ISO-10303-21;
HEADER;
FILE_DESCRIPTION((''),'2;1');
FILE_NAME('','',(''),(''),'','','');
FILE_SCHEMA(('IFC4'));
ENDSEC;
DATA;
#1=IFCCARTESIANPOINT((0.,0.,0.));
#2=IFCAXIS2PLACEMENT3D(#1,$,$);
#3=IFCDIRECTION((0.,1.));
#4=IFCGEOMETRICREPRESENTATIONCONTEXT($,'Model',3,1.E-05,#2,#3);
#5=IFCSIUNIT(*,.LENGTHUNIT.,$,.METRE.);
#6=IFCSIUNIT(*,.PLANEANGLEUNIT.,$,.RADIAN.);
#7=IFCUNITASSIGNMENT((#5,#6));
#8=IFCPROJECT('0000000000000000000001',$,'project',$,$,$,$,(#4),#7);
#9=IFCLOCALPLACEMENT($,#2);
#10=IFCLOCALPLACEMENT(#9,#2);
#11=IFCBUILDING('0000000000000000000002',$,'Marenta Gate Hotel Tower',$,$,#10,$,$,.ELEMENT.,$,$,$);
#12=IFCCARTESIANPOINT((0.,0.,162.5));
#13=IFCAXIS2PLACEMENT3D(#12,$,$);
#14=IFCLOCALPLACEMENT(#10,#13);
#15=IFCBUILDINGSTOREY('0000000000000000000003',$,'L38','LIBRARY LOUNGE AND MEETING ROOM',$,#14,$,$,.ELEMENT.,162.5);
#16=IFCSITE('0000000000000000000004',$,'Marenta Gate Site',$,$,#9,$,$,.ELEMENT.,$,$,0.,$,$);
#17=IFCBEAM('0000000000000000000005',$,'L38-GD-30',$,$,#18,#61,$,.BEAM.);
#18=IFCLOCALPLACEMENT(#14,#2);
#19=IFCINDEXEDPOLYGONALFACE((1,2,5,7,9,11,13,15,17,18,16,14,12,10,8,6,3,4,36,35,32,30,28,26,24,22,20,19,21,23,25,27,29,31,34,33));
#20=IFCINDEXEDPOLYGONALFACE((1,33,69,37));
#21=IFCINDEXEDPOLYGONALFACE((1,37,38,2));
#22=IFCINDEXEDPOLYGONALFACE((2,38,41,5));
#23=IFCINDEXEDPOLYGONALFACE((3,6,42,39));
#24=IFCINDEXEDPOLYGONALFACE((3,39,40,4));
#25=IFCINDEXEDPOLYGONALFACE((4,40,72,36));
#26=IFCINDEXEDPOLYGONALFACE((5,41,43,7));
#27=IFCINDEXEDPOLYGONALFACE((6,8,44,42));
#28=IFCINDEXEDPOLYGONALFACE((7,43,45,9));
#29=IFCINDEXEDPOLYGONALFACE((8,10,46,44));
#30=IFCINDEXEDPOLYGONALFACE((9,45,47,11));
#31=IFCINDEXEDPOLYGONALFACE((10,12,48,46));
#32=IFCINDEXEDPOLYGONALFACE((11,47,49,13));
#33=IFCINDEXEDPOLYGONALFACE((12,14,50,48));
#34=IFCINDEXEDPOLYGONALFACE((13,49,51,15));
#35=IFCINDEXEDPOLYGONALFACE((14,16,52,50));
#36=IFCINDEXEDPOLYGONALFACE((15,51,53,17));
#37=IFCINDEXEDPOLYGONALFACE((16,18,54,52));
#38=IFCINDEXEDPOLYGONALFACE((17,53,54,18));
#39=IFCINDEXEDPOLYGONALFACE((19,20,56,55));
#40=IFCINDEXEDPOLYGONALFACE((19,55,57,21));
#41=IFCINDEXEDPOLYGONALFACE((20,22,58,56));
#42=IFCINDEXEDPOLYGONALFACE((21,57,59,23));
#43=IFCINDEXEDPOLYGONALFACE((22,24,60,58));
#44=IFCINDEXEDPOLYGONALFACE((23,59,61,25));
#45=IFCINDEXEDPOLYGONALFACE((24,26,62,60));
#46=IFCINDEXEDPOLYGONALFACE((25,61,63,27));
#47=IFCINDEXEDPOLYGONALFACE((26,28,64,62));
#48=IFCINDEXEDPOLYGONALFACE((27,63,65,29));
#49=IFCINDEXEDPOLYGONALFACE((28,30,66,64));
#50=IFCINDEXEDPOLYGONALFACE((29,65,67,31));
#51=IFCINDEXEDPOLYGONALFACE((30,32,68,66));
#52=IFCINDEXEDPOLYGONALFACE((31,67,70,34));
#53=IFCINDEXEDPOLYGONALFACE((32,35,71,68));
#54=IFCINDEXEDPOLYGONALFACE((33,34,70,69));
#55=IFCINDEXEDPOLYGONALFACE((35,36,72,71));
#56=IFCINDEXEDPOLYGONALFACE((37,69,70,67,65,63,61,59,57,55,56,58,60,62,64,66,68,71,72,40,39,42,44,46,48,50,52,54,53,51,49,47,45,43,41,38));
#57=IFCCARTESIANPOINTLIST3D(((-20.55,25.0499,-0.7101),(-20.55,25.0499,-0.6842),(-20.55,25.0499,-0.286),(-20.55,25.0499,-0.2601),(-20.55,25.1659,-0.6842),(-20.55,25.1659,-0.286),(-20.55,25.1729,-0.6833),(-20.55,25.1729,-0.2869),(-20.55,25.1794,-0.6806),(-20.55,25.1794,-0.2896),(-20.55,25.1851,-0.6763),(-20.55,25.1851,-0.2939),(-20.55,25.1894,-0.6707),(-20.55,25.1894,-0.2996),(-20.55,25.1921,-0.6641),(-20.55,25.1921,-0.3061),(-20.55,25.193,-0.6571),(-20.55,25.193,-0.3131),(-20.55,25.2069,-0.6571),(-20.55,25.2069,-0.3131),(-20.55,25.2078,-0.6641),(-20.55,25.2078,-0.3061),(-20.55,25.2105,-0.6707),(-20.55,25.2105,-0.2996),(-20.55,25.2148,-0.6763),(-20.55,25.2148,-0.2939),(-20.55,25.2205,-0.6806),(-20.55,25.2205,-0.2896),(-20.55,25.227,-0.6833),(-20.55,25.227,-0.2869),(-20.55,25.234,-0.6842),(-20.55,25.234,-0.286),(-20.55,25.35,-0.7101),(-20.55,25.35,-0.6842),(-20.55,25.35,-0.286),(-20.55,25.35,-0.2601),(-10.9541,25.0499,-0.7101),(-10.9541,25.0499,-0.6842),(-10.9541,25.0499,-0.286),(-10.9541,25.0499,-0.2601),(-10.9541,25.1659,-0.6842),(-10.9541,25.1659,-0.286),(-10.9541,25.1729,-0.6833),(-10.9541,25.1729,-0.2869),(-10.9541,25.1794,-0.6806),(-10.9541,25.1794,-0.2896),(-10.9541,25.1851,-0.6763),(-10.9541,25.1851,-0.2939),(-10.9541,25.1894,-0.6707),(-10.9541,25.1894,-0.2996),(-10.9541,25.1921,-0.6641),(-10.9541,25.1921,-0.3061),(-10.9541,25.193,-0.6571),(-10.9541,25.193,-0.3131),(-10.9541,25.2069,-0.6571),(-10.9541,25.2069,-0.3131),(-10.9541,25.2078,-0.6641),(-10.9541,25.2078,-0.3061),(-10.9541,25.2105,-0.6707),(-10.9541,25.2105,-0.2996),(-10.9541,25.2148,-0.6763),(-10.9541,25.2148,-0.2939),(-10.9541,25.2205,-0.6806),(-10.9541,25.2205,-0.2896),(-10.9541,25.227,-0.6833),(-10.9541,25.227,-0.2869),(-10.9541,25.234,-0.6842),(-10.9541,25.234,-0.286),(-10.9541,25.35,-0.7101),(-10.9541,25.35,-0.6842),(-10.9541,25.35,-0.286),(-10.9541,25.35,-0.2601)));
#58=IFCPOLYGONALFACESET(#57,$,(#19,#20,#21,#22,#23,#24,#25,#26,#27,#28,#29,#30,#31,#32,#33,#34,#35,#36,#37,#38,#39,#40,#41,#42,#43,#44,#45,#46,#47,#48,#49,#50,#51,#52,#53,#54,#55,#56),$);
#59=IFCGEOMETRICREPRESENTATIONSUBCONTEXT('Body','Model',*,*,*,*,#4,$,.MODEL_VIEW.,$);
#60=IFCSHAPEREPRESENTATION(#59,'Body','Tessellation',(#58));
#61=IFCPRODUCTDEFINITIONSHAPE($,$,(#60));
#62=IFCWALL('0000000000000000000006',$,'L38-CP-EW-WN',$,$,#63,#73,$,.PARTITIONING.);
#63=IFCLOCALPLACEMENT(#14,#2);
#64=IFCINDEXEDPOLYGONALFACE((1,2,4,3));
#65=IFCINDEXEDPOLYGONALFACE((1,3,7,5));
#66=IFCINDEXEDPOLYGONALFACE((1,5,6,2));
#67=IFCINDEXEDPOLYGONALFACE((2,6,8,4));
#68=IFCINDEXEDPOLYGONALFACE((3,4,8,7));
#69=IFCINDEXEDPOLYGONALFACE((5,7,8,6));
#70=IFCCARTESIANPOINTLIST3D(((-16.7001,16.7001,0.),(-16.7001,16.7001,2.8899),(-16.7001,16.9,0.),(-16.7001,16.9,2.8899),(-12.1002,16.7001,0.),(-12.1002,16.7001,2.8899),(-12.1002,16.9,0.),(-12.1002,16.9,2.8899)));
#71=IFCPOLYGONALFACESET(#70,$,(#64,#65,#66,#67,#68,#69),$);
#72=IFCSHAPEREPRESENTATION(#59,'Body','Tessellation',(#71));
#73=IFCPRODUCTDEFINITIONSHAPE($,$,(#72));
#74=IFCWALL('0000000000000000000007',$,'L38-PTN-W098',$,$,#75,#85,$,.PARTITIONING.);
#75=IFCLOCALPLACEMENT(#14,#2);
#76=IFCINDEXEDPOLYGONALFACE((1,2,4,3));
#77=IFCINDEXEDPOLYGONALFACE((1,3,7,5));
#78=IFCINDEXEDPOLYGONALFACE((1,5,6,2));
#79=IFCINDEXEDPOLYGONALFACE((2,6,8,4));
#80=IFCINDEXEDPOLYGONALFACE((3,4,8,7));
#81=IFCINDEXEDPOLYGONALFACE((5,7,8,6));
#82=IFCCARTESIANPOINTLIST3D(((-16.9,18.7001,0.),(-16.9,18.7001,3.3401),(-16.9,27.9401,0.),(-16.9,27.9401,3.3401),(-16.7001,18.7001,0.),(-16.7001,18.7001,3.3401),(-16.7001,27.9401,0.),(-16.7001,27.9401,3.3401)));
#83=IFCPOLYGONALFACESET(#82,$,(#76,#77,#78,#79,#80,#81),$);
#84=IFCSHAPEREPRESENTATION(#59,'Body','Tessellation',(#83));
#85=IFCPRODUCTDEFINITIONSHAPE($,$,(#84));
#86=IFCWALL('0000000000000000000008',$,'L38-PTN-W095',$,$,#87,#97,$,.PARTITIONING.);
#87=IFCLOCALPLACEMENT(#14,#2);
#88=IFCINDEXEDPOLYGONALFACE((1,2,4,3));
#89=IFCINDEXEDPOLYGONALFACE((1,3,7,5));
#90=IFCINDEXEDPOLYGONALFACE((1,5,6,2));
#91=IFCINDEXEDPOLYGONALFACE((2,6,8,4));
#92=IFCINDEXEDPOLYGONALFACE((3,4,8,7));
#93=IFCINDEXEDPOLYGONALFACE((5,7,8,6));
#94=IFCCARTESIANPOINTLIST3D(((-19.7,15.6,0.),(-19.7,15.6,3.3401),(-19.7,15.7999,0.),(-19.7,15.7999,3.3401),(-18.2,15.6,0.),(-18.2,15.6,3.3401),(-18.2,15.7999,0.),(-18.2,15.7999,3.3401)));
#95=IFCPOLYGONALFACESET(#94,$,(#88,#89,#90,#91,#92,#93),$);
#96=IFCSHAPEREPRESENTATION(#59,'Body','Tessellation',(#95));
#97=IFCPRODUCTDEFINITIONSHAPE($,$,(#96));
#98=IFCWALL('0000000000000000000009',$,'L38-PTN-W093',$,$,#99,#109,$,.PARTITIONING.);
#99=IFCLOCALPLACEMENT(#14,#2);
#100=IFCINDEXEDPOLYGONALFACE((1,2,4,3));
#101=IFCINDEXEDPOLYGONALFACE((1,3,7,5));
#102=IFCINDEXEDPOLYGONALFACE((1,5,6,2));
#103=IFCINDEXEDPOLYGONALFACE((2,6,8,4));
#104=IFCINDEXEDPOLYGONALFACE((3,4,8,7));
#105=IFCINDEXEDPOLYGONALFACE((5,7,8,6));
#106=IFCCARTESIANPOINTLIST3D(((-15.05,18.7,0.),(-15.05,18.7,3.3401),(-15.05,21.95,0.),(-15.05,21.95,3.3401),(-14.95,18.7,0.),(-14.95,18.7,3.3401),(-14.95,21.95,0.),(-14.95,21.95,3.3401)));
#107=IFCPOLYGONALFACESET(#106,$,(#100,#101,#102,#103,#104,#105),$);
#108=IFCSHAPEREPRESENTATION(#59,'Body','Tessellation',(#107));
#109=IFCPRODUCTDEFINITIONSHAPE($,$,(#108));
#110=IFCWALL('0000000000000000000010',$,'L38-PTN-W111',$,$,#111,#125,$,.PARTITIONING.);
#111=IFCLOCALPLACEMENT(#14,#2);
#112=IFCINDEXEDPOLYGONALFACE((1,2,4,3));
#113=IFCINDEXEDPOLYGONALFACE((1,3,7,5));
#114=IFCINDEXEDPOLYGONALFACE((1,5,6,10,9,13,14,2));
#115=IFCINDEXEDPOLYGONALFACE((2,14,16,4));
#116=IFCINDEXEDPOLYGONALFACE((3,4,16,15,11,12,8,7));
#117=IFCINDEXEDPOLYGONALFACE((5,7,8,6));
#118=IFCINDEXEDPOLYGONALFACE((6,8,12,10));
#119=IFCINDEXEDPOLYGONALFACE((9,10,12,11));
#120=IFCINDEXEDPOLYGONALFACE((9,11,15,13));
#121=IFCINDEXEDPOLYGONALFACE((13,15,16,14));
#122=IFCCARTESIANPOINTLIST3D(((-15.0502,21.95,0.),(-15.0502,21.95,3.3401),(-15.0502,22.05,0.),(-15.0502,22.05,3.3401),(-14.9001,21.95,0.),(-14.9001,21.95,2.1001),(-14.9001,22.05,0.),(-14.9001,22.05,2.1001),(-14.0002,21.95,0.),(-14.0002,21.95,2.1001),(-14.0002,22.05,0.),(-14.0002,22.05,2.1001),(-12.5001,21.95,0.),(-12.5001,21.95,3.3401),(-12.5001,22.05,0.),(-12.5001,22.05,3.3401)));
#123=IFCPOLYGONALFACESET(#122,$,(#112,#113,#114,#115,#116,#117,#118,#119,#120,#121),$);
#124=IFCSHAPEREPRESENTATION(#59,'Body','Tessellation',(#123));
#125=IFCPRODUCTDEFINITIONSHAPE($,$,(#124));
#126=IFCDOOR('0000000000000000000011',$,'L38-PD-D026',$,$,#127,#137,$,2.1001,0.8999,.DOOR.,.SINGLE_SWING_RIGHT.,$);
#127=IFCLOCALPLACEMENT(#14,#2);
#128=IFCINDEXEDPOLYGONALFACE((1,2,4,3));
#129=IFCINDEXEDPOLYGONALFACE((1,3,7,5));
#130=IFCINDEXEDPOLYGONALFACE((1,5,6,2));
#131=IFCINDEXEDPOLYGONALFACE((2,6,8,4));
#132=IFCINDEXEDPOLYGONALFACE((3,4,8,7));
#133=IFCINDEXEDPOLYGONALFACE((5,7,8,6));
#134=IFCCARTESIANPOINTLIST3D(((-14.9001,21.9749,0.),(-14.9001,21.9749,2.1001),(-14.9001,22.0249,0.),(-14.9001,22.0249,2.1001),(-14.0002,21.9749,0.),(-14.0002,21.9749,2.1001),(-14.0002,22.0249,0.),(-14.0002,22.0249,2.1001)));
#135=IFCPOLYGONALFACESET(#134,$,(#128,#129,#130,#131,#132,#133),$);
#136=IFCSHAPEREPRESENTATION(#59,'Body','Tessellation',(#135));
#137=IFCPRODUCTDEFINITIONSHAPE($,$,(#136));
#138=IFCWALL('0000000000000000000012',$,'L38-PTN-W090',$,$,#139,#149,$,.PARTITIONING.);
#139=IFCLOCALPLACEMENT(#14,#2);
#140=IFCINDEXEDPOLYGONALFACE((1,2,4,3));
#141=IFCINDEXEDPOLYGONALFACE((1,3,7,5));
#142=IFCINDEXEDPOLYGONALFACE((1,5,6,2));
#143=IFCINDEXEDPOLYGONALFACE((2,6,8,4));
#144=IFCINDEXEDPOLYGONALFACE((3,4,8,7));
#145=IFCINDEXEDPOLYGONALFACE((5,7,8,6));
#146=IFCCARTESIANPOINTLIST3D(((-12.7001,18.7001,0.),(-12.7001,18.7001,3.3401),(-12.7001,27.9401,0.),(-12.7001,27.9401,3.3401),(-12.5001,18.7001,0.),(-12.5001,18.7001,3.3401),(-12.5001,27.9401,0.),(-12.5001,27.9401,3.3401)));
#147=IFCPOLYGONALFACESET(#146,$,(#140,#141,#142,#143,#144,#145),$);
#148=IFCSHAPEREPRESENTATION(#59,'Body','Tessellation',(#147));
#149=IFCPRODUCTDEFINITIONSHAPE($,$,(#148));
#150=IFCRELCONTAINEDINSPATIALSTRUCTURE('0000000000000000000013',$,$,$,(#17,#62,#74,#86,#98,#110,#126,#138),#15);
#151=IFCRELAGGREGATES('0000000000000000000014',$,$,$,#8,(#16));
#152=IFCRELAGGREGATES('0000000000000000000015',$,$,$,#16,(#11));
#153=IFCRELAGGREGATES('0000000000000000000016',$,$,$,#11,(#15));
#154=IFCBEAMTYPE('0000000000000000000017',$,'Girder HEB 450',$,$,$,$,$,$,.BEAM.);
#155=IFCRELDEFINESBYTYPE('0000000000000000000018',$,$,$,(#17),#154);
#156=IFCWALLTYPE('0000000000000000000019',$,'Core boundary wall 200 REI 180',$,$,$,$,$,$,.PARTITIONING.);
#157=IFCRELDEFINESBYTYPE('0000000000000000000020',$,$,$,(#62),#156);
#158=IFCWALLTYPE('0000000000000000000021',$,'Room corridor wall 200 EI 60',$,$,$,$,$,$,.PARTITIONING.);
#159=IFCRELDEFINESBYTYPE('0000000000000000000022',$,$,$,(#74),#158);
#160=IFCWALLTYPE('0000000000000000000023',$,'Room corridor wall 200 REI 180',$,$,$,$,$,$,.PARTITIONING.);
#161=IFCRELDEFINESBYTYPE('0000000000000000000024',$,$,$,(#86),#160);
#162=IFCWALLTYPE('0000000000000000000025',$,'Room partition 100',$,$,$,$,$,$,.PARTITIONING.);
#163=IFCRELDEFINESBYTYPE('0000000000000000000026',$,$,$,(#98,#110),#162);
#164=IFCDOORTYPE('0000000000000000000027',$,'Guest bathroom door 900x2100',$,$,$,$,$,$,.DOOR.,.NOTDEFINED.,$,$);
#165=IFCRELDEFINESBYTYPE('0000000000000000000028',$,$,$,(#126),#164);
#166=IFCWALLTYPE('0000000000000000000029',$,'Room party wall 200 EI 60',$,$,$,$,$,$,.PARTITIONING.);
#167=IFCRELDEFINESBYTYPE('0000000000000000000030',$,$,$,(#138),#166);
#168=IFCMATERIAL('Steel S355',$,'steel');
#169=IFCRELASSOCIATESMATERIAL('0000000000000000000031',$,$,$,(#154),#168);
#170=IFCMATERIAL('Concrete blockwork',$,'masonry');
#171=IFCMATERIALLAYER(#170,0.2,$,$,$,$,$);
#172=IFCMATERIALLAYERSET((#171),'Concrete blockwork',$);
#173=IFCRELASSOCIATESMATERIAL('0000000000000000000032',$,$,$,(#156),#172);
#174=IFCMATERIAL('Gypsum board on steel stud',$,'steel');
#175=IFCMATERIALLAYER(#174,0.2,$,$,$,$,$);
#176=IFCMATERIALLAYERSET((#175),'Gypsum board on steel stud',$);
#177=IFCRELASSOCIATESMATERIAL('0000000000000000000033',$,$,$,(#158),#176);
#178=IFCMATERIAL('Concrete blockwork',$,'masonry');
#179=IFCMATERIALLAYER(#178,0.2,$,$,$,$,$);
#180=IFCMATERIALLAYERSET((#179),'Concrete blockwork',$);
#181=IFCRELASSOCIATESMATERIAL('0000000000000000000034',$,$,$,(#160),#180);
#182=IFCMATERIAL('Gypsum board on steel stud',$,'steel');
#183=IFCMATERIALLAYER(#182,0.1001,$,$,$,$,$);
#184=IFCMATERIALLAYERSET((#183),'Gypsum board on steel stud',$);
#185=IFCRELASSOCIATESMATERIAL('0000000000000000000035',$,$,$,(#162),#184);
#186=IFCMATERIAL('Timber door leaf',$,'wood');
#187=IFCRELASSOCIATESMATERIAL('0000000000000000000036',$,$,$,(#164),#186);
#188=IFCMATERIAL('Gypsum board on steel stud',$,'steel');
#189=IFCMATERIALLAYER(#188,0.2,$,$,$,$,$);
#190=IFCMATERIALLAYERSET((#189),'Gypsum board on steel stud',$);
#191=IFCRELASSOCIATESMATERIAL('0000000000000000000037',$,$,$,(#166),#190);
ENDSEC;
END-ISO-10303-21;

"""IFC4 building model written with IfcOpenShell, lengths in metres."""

from ifc_helpers import new_model, si_unit, direction, frame, frame_2d, origin, origin_2d, place, context, subcontext, project, spatial, rectangle, i_section, extrude, material, layer, layer_set, material_profile, profile_set, type_object, element, fill, save


model = new_model("IFC4")

# Units and contexts
model_context = context("Model", 3, precision=1e-05, world=origin(), true_north=direction((0.0, 1.0)))
body_context = subcontext(model_context, "Body", "Model", "MODEL_VIEW")
ifc_project = project(units=[si_unit("LENGTHUNIT", "METRE"), si_unit("PLANEANGLEUNIT", "RADIAN")], contexts=[model_context])

# Site, building, storey
site_placement = place(None, origin())
site = spatial("IfcSite", under=ifc_project, at=site_placement, Name="Marenta Gate Site", CompositionType="ELEMENT", RefElevation=0.0)
building_placement = place(site_placement, origin())
building = spatial("IfcBuilding", under=site, at=building_placement, Name="Marenta Gate Hotel Tower", CompositionType="ELEMENT")
storey_placement = place(building_placement, frame((0.0, 0.0, 162.5)))
storey = spatial("IfcBuildingStorey", under=building, at=storey_placement, Name="L38", Description="LIBRARY LOUNGE AND MEETING ROOM", CompositionType="ELEMENT", Elevation=162.5)

# Beam
ifc_material_1 = material(Name="Steel S355", Category="steel")
ifc_material_profile_1 = material_profile(ifc_material_1, i_section(OverallWidth=0.3, OverallDepth=0.45, WebThickness=0.0139, FlangeThickness=0.0259, FilletRadius=0.0271, at=origin_2d()), Name="HEB 450")
ifc_profile_set_1 = profile_set([ifc_material_profile_1], Name="Steel S355")
beam_type_1 = type_object("IfcBeamType", Name="Girder HEB 450", PredefinedType="BEAM", material=ifc_profile_set_1)
beam_1_placement = place(storey_placement, frame((-20.55, 25.2, -0.4851), z_axis=(1.0, 0.0, 0.0), x_axis=(0.0, 1.0, 0.0)))
element("IfcBeam", 1, at=beam_1_placement, inside=storey, type_object=beam_type_1, Name="L38-GD-30", PredefinedType="BEAM", context=body_context, shape_type="SweptSolid", body=[
    extrude(i_section(OverallWidth=0.3, OverallDepth=0.45, WebThickness=0.0139, FlangeThickness=0.0259, FilletRadius=0.0271, at=origin_2d()), origin(), (0.0, 0.0, 1.0), 9.5959),
])

# Walls
ifc_material_2 = material(Name="Concrete blockwork", Category="masonry")
ifc_layer_1 = layer(ifc_material_2, 0.2)
ifc_layer_set_1 = layer_set([ifc_layer_1], Name="Concrete blockwork")
wall_type_1 = type_object("IfcWallType", Name="Core boundary wall 200 REI 180", PredefinedType="PARTITIONING", material=ifc_layer_set_1)
wall_1_placement = place(storey_placement, frame((-16.7, 16.8, 0.0), z_axis=(0.0, 0.0, 1.0), x_axis=(1.0, 0.0, 0.0)))
element("IfcWall", 2, at=wall_1_placement, inside=storey, type_object=wall_type_1, Name="L38-CP-EW-WN", PredefinedType="PARTITIONING", context=body_context, shape_type="SweptSolid", body=[
    extrude(rectangle(XDim=4.5999, YDim=0.2, at=frame_2d((2.2998, 0.0))), origin(), (0.0, 0.0, 1.0), 2.8899),
])
ifc_material_3 = material(Name="Gypsum board on steel stud", Category="steel")
ifc_layer_2 = layer(ifc_material_3, 0.2)
ifc_layer_set_2 = layer_set([ifc_layer_2], Name="Gypsum board on steel stud")
wall_type_2 = type_object("IfcWallType", Name="Room corridor wall 200 EI 60", PredefinedType="PARTITIONING", material=ifc_layer_set_2)
wall_2_placement = place(storey_placement, frame((-16.8, 18.7, 0.0), z_axis=(0.0, 0.0, 1.0), x_axis=(0.0, 1.0, 0.0)))
element("IfcWall", 3, at=wall_2_placement, inside=storey, type_object=wall_type_2, Name="L38-PTN-W098", PredefinedType="PARTITIONING", context=body_context, shape_type="SweptSolid", body=[
    extrude(rectangle(XDim=9.24, YDim=0.2, at=frame_2d((4.6201, 0.0))), origin(), (0.0, 0.0, 1.0), 3.3401),
])

# Walls
ifc_material_4 = material(Name="Concrete blockwork", Category="masonry")
ifc_layer_3 = layer(ifc_material_4, 0.2)
ifc_layer_set_3 = layer_set([ifc_layer_3], Name="Concrete blockwork")
wall_type_3 = type_object("IfcWallType", Name="Room corridor wall 200 REI 180", PredefinedType="PARTITIONING", material=ifc_layer_set_3)
wall_3_placement = place(storey_placement, frame((-19.7, 15.7, 0.0), z_axis=(0.0, 0.0, 1.0), x_axis=(1.0, 0.0, 0.0)))
element("IfcWall", 4, at=wall_3_placement, inside=storey, type_object=wall_type_3, Name="L38-PTN-W095", PredefinedType="PARTITIONING", context=body_context, shape_type="SweptSolid", body=[
    extrude(rectangle(XDim=1.5, YDim=0.2, at=frame_2d((0.75, 0.0))), origin(), (0.0, 0.0, 1.0), 3.3401),
])
ifc_material_5 = material(Name="Gypsum board on steel stud", Category="steel")
ifc_layer_4 = layer(ifc_material_5, 0.1001)
ifc_layer_set_4 = layer_set([ifc_layer_4], Name="Gypsum board on steel stud")
wall_type_4 = type_object("IfcWallType", Name="Room partition 100", PredefinedType="PARTITIONING", material=ifc_layer_set_4)
wall_4_placement = place(storey_placement, frame((-15.0, 18.7, 0.0), z_axis=(0.0, 0.0, 1.0), x_axis=(0.0, 1.0, 0.0)))
element("IfcWall", 5, at=wall_4_placement, inside=storey, type_object=wall_type_4, Name="L38-PTN-W093", PredefinedType="PARTITIONING", context=body_context, shape_type="SweptSolid", body=[
    extrude(rectangle(XDim=3.25, YDim=0.1001, at=frame_2d((1.625, 0.0))), origin(), (0.0, 0.0, 1.0), 3.3401),
])

# Wall, opening, door
wall_5_placement = place(storey_placement, frame((-15.05, 22.0, 0.0), z_axis=(0.0, 0.0, 1.0), x_axis=(1.0, 0.0, 0.0)))
wall_5 = element("IfcWall", 6, at=wall_5_placement, inside=storey, type_object=wall_type_4, Name="L38-PTN-W111", PredefinedType="PARTITIONING", context=body_context, shape_type="SweptSolid", body=[
    extrude(rectangle(XDim=2.55, YDim=0.1001, at=frame_2d((1.2749, 0.0))), origin(), (0.0, 0.0, 1.0), 3.3401),
])
opening_1_placement = place(wall_5_placement, frame((0.1499, 0.0, 0.0)))
opening_1 = element("IfcOpeningElement", 7, at=opening_1_placement, cuts=wall_5, PredefinedType="OPENING", context=body_context, shape_type="SweptSolid", body=[
    extrude(rectangle(XDim=0.8999, YDim=2.1001, at=frame_2d((0.45, 1.05))), frame((0.0, 0.05, 0.0), z_axis=(0.0, -1.0, 0.0), x_axis=(1.0, 0.0, 0.0)), (0.0, 0.0, 1.0), 0.1001),
])
ifc_material_6 = material(Name="Timber door leaf", Category="wood")
door_type_1 = type_object("IfcDoorType", Name="Guest bathroom door 900x2100", OperationType="NOTDEFINED", PredefinedType="DOOR", material=ifc_material_6)
door_1_placement = place(opening_1_placement, origin())
door_1 = element("IfcDoor", 8, at=door_1_placement, inside=storey, type_object=door_type_1, Name="L38-PD-D026", OperationType="SINGLE_SWING_RIGHT", OverallHeight=2.1001, OverallWidth=0.8999, PredefinedType="DOOR", context=body_context, shape_type="SweptSolid", body=[
    extrude(rectangle(XDim=0.8999, YDim=2.1001, at=frame_2d((0.45, 1.05))), frame((0.0, 0.0249, 0.0), z_axis=(0.0, -1.0, 0.0), x_axis=(1.0, 0.0, 0.0)), (0.0, 0.0, 1.0), 0.05),
])
fill(opening_1, door_1)

# Wall
ifc_material_7 = material(Name="Gypsum board on steel stud", Category="steel")
ifc_layer_5 = layer(ifc_material_7, 0.2)
ifc_layer_set_5 = layer_set([ifc_layer_5], Name="Gypsum board on steel stud")
wall_type_5 = type_object("IfcWallType", Name="Room party wall 200 EI 60", PredefinedType="PARTITIONING", material=ifc_layer_set_5)
wall_6_placement = place(storey_placement, frame((-12.6001, 18.7, 0.0), z_axis=(0.0, 0.0, 1.0), x_axis=(0.0, 1.0, 0.0)))
element("IfcWall", 9, at=wall_6_placement, inside=storey, type_object=wall_type_5, Name="L38-PTN-W090", PredefinedType="PARTITIONING", context=body_context, shape_type="SweptSolid", body=[
    extrude(rectangle(XDim=9.24, YDim=0.2, at=frame_2d((4.6201, 0.0))), origin(), (0.0, 0.0, 1.0), 3.3401),
])

save(model, "model.ifc")
